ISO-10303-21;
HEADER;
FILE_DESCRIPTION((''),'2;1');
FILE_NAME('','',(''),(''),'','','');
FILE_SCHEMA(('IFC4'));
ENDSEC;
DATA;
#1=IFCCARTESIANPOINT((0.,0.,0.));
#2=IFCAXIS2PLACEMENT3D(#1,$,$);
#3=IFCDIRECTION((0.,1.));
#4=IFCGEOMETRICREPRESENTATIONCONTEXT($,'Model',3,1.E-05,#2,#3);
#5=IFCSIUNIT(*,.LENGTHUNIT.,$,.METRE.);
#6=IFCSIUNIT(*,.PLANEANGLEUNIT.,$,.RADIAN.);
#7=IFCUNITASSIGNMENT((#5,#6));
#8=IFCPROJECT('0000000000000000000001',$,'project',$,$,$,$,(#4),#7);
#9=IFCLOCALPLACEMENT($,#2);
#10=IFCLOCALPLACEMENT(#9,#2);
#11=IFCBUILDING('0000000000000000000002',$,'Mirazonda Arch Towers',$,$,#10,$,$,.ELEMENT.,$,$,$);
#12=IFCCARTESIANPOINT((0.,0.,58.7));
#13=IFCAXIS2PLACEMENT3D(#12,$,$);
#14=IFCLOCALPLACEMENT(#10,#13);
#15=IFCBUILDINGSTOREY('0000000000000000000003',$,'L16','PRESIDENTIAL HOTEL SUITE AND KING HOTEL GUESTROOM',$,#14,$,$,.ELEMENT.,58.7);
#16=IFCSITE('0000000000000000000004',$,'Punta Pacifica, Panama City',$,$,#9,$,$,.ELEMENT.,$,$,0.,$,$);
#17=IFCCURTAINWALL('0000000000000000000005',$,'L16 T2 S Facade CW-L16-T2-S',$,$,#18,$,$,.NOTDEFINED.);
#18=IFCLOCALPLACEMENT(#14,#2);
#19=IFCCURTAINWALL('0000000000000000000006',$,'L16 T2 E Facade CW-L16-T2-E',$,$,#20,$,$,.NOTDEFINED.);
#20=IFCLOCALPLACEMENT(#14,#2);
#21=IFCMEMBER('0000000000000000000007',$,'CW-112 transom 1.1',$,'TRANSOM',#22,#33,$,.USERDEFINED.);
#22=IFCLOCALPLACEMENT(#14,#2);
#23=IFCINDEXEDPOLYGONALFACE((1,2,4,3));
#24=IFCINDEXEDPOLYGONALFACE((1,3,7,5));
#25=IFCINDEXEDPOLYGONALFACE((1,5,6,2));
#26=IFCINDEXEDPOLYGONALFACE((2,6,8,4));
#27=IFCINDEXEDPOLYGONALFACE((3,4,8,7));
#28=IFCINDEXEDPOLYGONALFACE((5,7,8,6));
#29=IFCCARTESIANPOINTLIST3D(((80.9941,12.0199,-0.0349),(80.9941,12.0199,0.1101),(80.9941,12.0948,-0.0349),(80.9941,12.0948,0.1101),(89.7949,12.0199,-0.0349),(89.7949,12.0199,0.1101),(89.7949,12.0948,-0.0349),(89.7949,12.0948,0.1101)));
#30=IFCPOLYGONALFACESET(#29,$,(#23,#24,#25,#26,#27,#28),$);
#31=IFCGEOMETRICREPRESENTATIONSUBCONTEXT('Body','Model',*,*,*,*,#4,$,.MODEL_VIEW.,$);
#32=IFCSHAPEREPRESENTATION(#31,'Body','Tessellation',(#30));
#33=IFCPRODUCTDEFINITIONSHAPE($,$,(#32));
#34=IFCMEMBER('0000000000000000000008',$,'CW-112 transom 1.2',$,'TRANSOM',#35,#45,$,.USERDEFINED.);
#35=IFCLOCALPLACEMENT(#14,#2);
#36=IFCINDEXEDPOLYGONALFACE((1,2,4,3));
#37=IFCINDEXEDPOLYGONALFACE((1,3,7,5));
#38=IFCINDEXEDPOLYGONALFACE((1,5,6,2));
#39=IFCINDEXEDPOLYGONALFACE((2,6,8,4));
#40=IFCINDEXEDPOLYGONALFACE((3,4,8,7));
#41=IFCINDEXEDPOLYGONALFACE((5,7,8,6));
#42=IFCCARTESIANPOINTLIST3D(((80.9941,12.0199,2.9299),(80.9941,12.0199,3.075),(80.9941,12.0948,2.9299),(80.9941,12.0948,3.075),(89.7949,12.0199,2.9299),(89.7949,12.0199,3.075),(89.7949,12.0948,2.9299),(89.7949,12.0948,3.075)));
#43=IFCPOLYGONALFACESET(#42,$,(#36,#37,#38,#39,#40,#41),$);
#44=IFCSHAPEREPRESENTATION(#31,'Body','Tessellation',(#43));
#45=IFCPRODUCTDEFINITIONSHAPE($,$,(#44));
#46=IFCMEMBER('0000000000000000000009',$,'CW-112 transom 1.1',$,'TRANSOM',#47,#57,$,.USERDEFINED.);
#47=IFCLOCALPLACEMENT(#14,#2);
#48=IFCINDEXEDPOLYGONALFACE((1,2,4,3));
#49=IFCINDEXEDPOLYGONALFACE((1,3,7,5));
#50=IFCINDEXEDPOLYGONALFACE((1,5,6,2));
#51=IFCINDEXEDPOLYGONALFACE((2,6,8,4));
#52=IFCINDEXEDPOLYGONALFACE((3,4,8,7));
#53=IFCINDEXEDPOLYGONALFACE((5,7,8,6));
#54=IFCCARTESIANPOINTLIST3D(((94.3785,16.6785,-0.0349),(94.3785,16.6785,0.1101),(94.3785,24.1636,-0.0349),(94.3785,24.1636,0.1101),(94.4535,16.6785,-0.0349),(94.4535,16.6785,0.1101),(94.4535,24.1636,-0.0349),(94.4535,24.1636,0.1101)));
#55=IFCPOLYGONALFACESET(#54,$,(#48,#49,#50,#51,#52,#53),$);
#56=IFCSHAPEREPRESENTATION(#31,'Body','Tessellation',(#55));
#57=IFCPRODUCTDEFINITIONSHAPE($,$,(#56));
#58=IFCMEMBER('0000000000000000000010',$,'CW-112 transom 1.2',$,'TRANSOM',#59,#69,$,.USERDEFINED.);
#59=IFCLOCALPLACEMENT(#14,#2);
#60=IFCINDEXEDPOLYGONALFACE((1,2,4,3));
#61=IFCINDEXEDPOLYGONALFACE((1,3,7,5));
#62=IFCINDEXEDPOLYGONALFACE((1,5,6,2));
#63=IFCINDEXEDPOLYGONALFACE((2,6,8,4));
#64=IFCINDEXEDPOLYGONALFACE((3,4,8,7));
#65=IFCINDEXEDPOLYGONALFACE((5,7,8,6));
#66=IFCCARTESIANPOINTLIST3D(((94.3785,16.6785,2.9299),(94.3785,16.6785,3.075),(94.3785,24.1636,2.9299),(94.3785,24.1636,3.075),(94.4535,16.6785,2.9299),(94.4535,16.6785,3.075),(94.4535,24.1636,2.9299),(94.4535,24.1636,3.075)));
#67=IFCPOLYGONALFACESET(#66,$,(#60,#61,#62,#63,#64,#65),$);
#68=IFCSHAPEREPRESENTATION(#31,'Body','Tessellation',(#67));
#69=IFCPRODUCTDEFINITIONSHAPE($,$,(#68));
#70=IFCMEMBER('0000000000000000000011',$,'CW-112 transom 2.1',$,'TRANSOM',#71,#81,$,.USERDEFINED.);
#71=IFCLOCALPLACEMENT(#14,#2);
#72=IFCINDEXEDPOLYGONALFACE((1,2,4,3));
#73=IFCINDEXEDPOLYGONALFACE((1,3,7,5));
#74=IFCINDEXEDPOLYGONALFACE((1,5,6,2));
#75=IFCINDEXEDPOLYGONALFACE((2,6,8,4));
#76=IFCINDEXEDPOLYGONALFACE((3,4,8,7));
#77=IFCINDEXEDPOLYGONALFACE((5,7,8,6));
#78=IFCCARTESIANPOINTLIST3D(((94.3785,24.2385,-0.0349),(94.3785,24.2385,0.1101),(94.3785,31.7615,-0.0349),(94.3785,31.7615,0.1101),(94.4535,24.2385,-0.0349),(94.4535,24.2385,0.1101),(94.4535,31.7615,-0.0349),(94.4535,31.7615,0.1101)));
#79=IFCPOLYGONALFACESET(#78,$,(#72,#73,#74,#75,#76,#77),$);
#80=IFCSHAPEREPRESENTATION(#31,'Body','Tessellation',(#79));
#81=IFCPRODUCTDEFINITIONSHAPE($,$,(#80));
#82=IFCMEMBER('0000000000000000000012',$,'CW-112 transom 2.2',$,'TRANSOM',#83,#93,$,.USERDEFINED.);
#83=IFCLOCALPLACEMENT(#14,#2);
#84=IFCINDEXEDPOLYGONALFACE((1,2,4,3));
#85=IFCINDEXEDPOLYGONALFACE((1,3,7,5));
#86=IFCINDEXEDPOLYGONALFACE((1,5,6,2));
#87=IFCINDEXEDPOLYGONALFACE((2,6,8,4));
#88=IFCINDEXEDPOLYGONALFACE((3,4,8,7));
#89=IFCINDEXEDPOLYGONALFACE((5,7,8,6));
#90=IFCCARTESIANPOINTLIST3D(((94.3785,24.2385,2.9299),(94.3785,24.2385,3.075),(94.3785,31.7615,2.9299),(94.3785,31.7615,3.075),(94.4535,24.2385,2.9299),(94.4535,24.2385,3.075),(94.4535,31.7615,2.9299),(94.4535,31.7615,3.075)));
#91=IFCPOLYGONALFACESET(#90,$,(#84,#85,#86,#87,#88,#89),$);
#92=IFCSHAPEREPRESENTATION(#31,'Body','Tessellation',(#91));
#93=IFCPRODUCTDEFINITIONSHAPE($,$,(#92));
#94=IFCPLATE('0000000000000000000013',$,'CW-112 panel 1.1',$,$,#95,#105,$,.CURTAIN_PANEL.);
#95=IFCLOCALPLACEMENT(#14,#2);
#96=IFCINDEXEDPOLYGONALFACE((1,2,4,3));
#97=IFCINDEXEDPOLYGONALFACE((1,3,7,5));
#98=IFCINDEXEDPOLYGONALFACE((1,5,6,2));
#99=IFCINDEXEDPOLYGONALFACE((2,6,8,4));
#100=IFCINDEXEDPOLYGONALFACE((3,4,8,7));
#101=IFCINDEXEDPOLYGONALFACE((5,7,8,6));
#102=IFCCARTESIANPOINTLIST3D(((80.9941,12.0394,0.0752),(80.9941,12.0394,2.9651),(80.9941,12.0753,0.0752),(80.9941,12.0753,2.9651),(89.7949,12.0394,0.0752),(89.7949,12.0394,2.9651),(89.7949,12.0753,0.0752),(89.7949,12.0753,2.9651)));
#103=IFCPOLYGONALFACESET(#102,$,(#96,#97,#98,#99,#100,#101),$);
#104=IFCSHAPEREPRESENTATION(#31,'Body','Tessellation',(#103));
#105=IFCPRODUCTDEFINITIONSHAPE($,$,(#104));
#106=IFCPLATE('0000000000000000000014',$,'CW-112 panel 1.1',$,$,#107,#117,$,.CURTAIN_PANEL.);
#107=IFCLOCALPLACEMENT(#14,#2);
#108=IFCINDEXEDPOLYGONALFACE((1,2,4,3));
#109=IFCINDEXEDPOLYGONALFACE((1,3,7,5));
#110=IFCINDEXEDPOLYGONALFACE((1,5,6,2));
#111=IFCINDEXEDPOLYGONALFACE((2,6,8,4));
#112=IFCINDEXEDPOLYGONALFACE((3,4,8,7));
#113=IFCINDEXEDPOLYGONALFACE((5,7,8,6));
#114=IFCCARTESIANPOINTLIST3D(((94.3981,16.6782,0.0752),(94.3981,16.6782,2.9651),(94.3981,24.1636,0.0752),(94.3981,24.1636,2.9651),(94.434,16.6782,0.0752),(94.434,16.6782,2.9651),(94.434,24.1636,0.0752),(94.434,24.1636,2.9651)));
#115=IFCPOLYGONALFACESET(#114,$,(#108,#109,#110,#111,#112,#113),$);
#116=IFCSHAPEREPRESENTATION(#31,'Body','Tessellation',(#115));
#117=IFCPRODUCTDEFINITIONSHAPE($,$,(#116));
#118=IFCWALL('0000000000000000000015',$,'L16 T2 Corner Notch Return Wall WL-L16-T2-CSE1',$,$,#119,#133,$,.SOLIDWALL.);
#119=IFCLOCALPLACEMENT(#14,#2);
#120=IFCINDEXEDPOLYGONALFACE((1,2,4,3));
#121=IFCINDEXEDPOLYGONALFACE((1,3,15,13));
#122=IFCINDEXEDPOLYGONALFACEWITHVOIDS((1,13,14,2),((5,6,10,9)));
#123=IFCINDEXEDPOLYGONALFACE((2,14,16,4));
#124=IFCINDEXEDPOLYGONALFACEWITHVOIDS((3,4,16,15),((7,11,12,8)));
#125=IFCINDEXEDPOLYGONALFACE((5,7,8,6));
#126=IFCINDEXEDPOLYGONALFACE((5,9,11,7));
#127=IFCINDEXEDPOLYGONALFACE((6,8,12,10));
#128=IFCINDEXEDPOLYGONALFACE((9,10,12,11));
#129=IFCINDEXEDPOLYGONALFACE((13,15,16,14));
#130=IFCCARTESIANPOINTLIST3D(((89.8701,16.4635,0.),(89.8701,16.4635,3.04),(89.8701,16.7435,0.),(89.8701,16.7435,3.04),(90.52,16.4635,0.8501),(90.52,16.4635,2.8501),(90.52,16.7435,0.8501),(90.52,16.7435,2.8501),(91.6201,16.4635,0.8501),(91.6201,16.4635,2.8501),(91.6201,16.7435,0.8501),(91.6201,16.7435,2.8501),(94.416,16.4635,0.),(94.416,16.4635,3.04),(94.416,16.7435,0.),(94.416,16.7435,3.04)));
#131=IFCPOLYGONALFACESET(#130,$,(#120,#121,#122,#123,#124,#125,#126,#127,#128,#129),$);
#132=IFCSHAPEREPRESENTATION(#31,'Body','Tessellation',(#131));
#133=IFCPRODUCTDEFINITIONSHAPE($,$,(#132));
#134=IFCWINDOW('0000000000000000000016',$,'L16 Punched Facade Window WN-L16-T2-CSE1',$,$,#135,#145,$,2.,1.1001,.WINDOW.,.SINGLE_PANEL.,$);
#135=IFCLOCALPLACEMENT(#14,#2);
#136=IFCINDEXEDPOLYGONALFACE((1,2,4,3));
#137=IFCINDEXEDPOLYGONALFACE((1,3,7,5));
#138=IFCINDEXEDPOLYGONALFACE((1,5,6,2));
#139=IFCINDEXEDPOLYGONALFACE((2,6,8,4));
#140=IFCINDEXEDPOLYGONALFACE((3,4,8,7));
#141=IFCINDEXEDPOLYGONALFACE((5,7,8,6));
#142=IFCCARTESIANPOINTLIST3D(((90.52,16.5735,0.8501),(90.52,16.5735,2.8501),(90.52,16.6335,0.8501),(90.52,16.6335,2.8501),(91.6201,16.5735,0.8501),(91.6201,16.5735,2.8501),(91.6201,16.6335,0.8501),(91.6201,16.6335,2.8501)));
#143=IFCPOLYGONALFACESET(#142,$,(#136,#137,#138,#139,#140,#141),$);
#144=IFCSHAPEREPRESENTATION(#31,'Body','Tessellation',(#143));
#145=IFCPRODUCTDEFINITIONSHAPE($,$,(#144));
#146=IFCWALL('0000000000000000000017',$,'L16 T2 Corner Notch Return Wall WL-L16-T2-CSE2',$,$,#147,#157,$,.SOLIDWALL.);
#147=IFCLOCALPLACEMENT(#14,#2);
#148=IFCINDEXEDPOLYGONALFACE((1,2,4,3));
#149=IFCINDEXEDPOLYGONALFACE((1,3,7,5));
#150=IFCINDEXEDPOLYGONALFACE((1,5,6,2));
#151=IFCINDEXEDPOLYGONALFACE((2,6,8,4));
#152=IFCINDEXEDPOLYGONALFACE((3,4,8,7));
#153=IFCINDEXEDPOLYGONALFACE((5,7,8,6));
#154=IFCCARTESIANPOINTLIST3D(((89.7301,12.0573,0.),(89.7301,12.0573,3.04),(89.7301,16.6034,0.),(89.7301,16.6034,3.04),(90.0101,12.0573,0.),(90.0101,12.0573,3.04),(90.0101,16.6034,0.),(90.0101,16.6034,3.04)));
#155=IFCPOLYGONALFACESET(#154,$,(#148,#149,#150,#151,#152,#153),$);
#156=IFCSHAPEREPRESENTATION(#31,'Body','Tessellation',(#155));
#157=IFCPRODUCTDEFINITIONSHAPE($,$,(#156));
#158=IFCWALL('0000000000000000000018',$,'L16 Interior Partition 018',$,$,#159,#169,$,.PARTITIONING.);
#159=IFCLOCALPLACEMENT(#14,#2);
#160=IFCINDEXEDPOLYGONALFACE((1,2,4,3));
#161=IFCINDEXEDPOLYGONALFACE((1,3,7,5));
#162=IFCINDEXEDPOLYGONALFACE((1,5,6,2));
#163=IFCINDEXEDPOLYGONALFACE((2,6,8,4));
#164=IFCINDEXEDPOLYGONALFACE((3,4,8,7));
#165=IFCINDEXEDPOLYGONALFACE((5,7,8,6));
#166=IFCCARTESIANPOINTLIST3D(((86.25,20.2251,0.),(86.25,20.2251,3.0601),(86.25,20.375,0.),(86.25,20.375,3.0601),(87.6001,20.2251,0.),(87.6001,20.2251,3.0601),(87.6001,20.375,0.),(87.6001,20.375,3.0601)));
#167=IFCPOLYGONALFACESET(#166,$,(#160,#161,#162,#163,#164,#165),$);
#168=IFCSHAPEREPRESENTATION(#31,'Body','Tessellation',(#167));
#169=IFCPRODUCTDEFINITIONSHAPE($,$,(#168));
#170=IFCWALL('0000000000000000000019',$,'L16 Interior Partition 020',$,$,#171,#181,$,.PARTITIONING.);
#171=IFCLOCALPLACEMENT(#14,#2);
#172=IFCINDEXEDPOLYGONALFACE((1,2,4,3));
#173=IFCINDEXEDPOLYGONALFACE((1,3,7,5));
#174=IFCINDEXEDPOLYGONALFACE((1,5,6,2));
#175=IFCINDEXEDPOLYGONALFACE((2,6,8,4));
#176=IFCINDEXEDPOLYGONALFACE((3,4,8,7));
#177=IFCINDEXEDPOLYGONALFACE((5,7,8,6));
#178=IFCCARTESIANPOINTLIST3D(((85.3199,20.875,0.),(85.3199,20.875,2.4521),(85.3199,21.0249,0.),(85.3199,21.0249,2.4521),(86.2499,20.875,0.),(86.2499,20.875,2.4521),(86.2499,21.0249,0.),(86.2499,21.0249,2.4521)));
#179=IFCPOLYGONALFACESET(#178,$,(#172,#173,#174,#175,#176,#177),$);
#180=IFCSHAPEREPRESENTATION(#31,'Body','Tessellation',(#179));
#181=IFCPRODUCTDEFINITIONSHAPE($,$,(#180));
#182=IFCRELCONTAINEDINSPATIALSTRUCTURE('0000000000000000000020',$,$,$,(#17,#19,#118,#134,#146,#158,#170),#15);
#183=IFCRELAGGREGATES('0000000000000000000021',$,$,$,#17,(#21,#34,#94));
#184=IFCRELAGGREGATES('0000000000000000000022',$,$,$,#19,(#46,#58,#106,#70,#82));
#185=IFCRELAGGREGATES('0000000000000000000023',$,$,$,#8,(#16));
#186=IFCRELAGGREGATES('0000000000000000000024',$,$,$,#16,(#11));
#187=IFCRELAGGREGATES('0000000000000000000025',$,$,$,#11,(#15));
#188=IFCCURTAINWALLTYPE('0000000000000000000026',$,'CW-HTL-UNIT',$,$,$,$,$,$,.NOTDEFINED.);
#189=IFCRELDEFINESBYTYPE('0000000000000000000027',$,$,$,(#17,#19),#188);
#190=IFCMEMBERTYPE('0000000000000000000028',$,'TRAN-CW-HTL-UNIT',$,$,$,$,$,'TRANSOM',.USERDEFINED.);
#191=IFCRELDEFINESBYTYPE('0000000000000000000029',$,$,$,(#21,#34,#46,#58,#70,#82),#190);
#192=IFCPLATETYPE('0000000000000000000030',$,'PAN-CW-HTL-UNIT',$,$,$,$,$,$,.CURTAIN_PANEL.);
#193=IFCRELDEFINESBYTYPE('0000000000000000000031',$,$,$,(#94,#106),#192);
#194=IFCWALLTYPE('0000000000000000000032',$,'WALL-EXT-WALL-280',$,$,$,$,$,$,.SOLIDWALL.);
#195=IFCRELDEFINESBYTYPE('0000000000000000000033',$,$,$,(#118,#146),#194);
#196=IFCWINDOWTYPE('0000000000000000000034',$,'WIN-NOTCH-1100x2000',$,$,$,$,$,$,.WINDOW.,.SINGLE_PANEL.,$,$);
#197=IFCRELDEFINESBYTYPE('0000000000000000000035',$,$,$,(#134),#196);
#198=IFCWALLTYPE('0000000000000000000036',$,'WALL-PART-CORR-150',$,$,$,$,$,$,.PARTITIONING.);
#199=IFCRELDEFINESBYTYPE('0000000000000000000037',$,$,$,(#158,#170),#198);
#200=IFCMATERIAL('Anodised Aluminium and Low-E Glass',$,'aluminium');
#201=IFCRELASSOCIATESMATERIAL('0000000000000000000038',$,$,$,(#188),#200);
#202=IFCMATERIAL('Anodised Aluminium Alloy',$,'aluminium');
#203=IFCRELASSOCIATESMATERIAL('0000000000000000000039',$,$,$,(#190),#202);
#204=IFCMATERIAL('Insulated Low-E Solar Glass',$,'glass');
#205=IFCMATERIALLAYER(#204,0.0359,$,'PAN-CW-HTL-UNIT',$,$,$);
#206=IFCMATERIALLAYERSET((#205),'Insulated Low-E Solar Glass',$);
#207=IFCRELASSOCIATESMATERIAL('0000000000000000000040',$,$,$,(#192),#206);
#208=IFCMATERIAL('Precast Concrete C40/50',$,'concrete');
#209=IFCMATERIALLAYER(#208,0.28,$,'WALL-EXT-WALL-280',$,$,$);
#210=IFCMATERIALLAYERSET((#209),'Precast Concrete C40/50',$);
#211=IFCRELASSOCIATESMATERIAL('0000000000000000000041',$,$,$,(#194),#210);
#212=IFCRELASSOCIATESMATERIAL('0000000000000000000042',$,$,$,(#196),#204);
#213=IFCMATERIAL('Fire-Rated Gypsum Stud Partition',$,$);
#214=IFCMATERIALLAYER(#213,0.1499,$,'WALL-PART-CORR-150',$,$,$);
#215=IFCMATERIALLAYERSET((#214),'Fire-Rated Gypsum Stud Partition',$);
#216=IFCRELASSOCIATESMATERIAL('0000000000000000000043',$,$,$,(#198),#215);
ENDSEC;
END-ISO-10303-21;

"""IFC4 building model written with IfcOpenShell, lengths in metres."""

from ifc_helpers import new_model, si_unit, direction, frame, frame_2d, origin, origin_2d, place, context, subcontext, project, spatial, rectangle, extrude, material, layer, layer_set, material_profile, profile_set, type_object, element, fill, aggregate, save


model = new_model("IFC4")

# Units and contexts
model_context = context("Model", 3, precision=1e-05, world=origin(), true_north=direction((0.0, 1.0)))
body_context = subcontext(model_context, "Body", "Model", "MODEL_VIEW")
ifc_project = project(units=[si_unit("LENGTHUNIT", "METRE"), si_unit("PLANEANGLEUNIT", "RADIAN")], contexts=[model_context])

# Site, building, storey
site_placement = place(None, origin())
site = spatial("IfcSite", under=ifc_project, at=site_placement, Name="Punta Pacifica, Panama City", CompositionType="ELEMENT", RefElevation=0.0)
building_placement = place(site_placement, origin())
building = spatial("IfcBuilding", under=site, at=building_placement, Name="Mirazonda Arch Towers", CompositionType="ELEMENT")
storey_placement = place(building_placement, frame((0.0, 0.0, 58.7)))
storey = spatial("IfcBuildingStorey", under=building, at=storey_placement, Name="L16", Description="PRESIDENTIAL HOTEL SUITE AND KING HOTEL GUESTROOM", CompositionType="ELEMENT", Elevation=58.7)

# Curtain wall
ifc_material_1 = material(Name="Anodised Aluminium and Low-E Glass", Category="aluminium")
curtain_wall_type = type_object("IfcCurtainWallType", Name="CW-HTL-UNIT", PredefinedType="NOTDEFINED", material=ifc_material_1)
curtain_wall_1_placement = place(storey_placement, origin())
curtain_wall_1 = element("IfcCurtainWall", 1, at=curtain_wall_1_placement, inside=storey, type_object=curtain_wall_type, Name="L16 T2 S Facade CW-L16-T2-S", PredefinedType="NOTDEFINED")
ifc_material_2 = material(Name="Anodised Aluminium Alloy", Category="aluminium")

# Curtain wall
curtain_wall_2_placement = place(storey_placement, origin())
curtain_wall_2 = element("IfcCurtainWall", 2, at=curtain_wall_2_placement, inside=storey, type_object=curtain_wall_type, Name="L16 T2 E Facade CW-L16-T2-E", PredefinedType="NOTDEFINED")

# Members
ifc_material_profile_1 = material_profile(ifc_material_2, rectangle(XDim=0.075, YDim=0.145, at=origin_2d()), Name="ALU-TRAN-75x145")
ifc_profile_set_1 = profile_set([ifc_material_profile_1], Name="Anodised Aluminium Alloy")
member_type_1 = type_object("IfcMemberType", Name="TRAN-CW-HTL-UNIT", ElementType="TRANSOM", PredefinedType="USERDEFINED", material=ifc_profile_set_1)
member_1_placement = place(storey_placement, frame((89.7949, 12.0574, 0.0376), z_axis=(-1.0, 0.0, 0.0), x_axis=(0.0, -1.0, 0.0)))
member_1 = element("IfcMember", 3, at=member_1_placement, type_object=member_type_1, Name="CW-112 transom 1.1", ObjectType="TRANSOM", PredefinedType="USERDEFINED", context=body_context, shape_type="SweptSolid", body=[
    extrude(rectangle(XDim=0.075, YDim=0.145, at=origin_2d()), origin(), (0.0, 0.0, 1.0), 8.8008),
])
member_2_placement = place(storey_placement, frame((89.7949, 12.0574, 3.0024), z_axis=(-1.0, 0.0, 0.0), x_axis=(0.0, -1.0, 0.0)))
member_2 = element("IfcMember", 4, at=member_2_placement, type_object=member_type_1, Name="CW-112 transom 1.2", ObjectType="TRANSOM", PredefinedType="USERDEFINED", context=body_context, shape_type="SweptSolid", body=[
    extrude(rectangle(XDim=0.075, YDim=0.145, at=origin_2d()), origin(), (0.0, 0.0, 1.0), 8.8008),
])
member_3_placement = place(storey_placement, frame((94.416, 16.6785, 0.0376), z_axis=(0.0, 1.0, 0.0), x_axis=(-1.0, 0.0, 0.0)))
member_3 = element("IfcMember", 5, at=member_3_placement, type_object=member_type_1, Name="CW-112 transom 1.1", ObjectType="TRANSOM", PredefinedType="USERDEFINED", context=body_context, shape_type="SweptSolid", body=[
    extrude(rectangle(XDim=0.075, YDim=0.145, at=origin_2d()), origin(), (0.0, 0.0, 1.0), 7.4851),
])
member_4_placement = place(storey_placement, frame((94.416, 16.6785, 3.0024), z_axis=(0.0, 1.0, 0.0), x_axis=(-1.0, 0.0, 0.0)))
member_4 = element("IfcMember", 6, at=member_4_placement, type_object=member_type_1, Name="CW-112 transom 1.2", ObjectType="TRANSOM", PredefinedType="USERDEFINED", context=body_context, shape_type="SweptSolid", body=[
    extrude(rectangle(XDim=0.075, YDim=0.145, at=origin_2d()), origin(), (0.0, 0.0, 1.0), 7.4851),
])
member_5_placement = place(storey_placement, frame((94.416, 24.2385, 0.0376), z_axis=(0.0, 1.0, 0.0), x_axis=(-1.0, 0.0, 0.0)))
member_5 = element("IfcMember", 7, at=member_5_placement, type_object=member_type_1, Name="CW-112 transom 2.1", ObjectType="TRANSOM", PredefinedType="USERDEFINED", context=body_context, shape_type="SweptSolid", body=[
    extrude(rectangle(XDim=0.075, YDim=0.145, at=origin_2d()), origin(), (0.0, 0.0, 1.0), 7.5229),
])
member_6_placement = place(storey_placement, frame((94.416, 24.2385, 3.0024), z_axis=(0.0, 1.0, 0.0), x_axis=(-1.0, 0.0, 0.0)))
member_6 = element("IfcMember", 8, at=member_6_placement, type_object=member_type_1, Name="CW-112 transom 2.2", ObjectType="TRANSOM", PredefinedType="USERDEFINED", context=body_context, shape_type="SweptSolid", body=[
    extrude(rectangle(XDim=0.075, YDim=0.145, at=origin_2d()), origin(), (0.0, 0.0, 1.0), 7.5229),
])

# Plates
ifc_material_3 = material(Name="Insulated Low-E Solar Glass", Category="glass")
ifc_layer_1 = layer(ifc_material_3, 0.0359, Name="PAN-CW-HTL-UNIT")
ifc_layer_set_1 = layer_set([ifc_layer_1], Name="Insulated Low-E Solar Glass")
plate_type = type_object("IfcPlateType", Name="PAN-CW-HTL-UNIT", PredefinedType="CURTAIN_PANEL", material=ifc_layer_set_1)
plate_1_placement = place(storey_placement, frame((85.3945, 12.0574, 0.0752), z_axis=(0.0, 0.0, 1.0), x_axis=(-1.0, 0.0, 0.0)))
plate_1 = element("IfcPlate", 9, at=plate_1_placement, type_object=plate_type, Name="CW-112 panel 1.1", PredefinedType="CURTAIN_PANEL", context=body_context, shape_type="SweptSolid", body=[
    extrude(rectangle(XDim=8.8008, YDim=0.0359, at=origin_2d()), origin(), (0.0, 0.0, 1.0), 2.8899),
])
aggregate(curtain_wall_1, [member_1, member_2, plate_1])
plate_2_placement = place(storey_placement, frame((94.416, 20.4209, 0.0752), z_axis=(0.0, 0.0, 1.0), x_axis=(0.0, 1.0, 0.0)))
plate_2 = element("IfcPlate", 10, at=plate_2_placement, type_object=plate_type, Name="CW-112 panel 1.1", PredefinedType="CURTAIN_PANEL", context=body_context, shape_type="SweptSolid", body=[
    extrude(rectangle(XDim=7.4854, YDim=0.0359, at=origin_2d()), origin(), (0.0, 0.0, 1.0), 2.8899),
])
aggregate(curtain_wall_2, [member_3, member_4, plate_2, member_5, member_6])

# Wall, opening, window
ifc_material_4 = material(Name="Precast Concrete C40/50", Category="concrete")
ifc_layer_2 = layer(ifc_material_4, 0.28, Name="WALL-EXT-WALL-280")
ifc_layer_set_2 = layer_set([ifc_layer_2], Name="Precast Concrete C40/50")
wall_type_1 = type_object("IfcWallType", Name="WALL-EXT-WALL-280", PredefinedType="SOLIDWALL", material=ifc_layer_set_2)
wall_1_placement = place(storey_placement, frame((89.8701, 16.6035, 0.0), z_axis=(0.0, 0.0, 1.0), x_axis=(1.0, 0.0, 0.0)))
wall_1 = element("IfcWall", 11, at=wall_1_placement, inside=storey, type_object=wall_type_1, Name="L16 T2 Corner Notch Return Wall WL-L16-T2-CSE1", PredefinedType="SOLIDWALL", context=body_context, shape_type="SweptSolid", body=[
    extrude(rectangle(XDim=4.5459, YDim=0.28, at=frame_2d((2.2729, 0.0))), origin(), (0.0, 0.0, 1.0), 3.04),
])
opening_1_placement = place(wall_1_placement, frame((0.6499, 0.0, 0.8501)))
opening_1 = element("IfcOpeningElement", 12, at=opening_1_placement, cuts=wall_1, PredefinedType="OPENING", context=body_context, shape_type="SweptSolid", body=[
    extrude(rectangle(XDim=1.1001, YDim=2.0, at=frame_2d((0.55, 1.0))), frame((0.0, 0.1499, 0.0), z_axis=(0.0, -1.0, 0.0), x_axis=(1.0, 0.0, 0.0)), (0.0, 0.0, 1.0), 0.3),
])
window_type = type_object("IfcWindowType", Name="WIN-NOTCH-1100x2000", PartitioningType="SINGLE_PANEL", PredefinedType="WINDOW", material=ifc_material_3)
window_placement = place(opening_1_placement, origin())
window = element("IfcWindow", 13, at=window_placement, inside=storey, type_object=window_type, Name="L16 Punched Facade Window WN-L16-T2-CSE1", OverallHeight=2.0, OverallWidth=1.1001, PartitioningType="SINGLE_PANEL", PredefinedType="WINDOW", context=body_context, shape_type="SweptSolid", body=[
    extrude(rectangle(XDim=1.1001, YDim=2.0, at=frame_2d((0.55, 1.0))), frame((0.0, 0.03, 0.0), z_axis=(0.0, -1.0, 0.0), x_axis=(1.0, 0.0, 0.0)), (0.0, 0.0, 1.0), 0.0601),
])
fill(opening_1, window)

# Walls
wall_2_placement = place(storey_placement, frame((89.8701, 12.0574, 0.0), z_axis=(0.0, 0.0, 1.0), x_axis=(0.0, 1.0, 0.0)))
element("IfcWall", 14, at=wall_2_placement, inside=storey, type_object=wall_type_1, Name="L16 T2 Corner Notch Return Wall WL-L16-T2-CSE2", PredefinedType="SOLIDWALL", context=body_context, shape_type="SweptSolid", body=[
    extrude(rectangle(XDim=4.5461, YDim=0.28, at=frame_2d((2.2729, 0.0))), origin(), (0.0, 0.0, 1.0), 3.04),
])
ifc_material_5 = material(Name="Fire-Rated Gypsum Stud Partition")
ifc_layer_3 = layer(ifc_material_5, 0.1499, Name="WALL-PART-CORR-150")
ifc_layer_set_3 = layer_set([ifc_layer_3], Name="Fire-Rated Gypsum Stud Partition")
wall_type_2 = type_object("IfcWallType", Name="WALL-PART-CORR-150", PredefinedType="PARTITIONING", material=ifc_layer_set_3)
wall_3_placement = place(storey_placement, frame((86.25, 20.3, 0.0), z_axis=(0.0, 0.0, 1.0), x_axis=(1.0, 0.0, 0.0)))
element("IfcWall", 15, at=wall_3_placement, inside=storey, type_object=wall_type_2, Name="L16 Interior Partition 018", PredefinedType="PARTITIONING", context=body_context, shape_type="SweptSolid", body=[
    extrude(rectangle(XDim=1.3501, YDim=0.1499, at=frame_2d((0.675, 0.0))), origin(), (0.0, 0.0, 1.0), 3.0601),
])
wall_4_placement = place(storey_placement, frame((85.3201, 20.95, 0.0), z_axis=(0.0, 0.0, 1.0), x_axis=(1.0, 0.0, 0.0)))
element("IfcWall", 16, at=wall_4_placement, inside=storey, type_object=wall_type_2, Name="L16 Interior Partition 020", PredefinedType="PARTITIONING", context=body_context, shape_type="SweptSolid", body=[
    extrude(rectangle(XDim=0.9299, YDim=0.1499, at=frame_2d((0.4648, 0.0))), origin(), (0.0, 0.0, 1.0), 2.4521),
])

save(model, "model.ifc")
